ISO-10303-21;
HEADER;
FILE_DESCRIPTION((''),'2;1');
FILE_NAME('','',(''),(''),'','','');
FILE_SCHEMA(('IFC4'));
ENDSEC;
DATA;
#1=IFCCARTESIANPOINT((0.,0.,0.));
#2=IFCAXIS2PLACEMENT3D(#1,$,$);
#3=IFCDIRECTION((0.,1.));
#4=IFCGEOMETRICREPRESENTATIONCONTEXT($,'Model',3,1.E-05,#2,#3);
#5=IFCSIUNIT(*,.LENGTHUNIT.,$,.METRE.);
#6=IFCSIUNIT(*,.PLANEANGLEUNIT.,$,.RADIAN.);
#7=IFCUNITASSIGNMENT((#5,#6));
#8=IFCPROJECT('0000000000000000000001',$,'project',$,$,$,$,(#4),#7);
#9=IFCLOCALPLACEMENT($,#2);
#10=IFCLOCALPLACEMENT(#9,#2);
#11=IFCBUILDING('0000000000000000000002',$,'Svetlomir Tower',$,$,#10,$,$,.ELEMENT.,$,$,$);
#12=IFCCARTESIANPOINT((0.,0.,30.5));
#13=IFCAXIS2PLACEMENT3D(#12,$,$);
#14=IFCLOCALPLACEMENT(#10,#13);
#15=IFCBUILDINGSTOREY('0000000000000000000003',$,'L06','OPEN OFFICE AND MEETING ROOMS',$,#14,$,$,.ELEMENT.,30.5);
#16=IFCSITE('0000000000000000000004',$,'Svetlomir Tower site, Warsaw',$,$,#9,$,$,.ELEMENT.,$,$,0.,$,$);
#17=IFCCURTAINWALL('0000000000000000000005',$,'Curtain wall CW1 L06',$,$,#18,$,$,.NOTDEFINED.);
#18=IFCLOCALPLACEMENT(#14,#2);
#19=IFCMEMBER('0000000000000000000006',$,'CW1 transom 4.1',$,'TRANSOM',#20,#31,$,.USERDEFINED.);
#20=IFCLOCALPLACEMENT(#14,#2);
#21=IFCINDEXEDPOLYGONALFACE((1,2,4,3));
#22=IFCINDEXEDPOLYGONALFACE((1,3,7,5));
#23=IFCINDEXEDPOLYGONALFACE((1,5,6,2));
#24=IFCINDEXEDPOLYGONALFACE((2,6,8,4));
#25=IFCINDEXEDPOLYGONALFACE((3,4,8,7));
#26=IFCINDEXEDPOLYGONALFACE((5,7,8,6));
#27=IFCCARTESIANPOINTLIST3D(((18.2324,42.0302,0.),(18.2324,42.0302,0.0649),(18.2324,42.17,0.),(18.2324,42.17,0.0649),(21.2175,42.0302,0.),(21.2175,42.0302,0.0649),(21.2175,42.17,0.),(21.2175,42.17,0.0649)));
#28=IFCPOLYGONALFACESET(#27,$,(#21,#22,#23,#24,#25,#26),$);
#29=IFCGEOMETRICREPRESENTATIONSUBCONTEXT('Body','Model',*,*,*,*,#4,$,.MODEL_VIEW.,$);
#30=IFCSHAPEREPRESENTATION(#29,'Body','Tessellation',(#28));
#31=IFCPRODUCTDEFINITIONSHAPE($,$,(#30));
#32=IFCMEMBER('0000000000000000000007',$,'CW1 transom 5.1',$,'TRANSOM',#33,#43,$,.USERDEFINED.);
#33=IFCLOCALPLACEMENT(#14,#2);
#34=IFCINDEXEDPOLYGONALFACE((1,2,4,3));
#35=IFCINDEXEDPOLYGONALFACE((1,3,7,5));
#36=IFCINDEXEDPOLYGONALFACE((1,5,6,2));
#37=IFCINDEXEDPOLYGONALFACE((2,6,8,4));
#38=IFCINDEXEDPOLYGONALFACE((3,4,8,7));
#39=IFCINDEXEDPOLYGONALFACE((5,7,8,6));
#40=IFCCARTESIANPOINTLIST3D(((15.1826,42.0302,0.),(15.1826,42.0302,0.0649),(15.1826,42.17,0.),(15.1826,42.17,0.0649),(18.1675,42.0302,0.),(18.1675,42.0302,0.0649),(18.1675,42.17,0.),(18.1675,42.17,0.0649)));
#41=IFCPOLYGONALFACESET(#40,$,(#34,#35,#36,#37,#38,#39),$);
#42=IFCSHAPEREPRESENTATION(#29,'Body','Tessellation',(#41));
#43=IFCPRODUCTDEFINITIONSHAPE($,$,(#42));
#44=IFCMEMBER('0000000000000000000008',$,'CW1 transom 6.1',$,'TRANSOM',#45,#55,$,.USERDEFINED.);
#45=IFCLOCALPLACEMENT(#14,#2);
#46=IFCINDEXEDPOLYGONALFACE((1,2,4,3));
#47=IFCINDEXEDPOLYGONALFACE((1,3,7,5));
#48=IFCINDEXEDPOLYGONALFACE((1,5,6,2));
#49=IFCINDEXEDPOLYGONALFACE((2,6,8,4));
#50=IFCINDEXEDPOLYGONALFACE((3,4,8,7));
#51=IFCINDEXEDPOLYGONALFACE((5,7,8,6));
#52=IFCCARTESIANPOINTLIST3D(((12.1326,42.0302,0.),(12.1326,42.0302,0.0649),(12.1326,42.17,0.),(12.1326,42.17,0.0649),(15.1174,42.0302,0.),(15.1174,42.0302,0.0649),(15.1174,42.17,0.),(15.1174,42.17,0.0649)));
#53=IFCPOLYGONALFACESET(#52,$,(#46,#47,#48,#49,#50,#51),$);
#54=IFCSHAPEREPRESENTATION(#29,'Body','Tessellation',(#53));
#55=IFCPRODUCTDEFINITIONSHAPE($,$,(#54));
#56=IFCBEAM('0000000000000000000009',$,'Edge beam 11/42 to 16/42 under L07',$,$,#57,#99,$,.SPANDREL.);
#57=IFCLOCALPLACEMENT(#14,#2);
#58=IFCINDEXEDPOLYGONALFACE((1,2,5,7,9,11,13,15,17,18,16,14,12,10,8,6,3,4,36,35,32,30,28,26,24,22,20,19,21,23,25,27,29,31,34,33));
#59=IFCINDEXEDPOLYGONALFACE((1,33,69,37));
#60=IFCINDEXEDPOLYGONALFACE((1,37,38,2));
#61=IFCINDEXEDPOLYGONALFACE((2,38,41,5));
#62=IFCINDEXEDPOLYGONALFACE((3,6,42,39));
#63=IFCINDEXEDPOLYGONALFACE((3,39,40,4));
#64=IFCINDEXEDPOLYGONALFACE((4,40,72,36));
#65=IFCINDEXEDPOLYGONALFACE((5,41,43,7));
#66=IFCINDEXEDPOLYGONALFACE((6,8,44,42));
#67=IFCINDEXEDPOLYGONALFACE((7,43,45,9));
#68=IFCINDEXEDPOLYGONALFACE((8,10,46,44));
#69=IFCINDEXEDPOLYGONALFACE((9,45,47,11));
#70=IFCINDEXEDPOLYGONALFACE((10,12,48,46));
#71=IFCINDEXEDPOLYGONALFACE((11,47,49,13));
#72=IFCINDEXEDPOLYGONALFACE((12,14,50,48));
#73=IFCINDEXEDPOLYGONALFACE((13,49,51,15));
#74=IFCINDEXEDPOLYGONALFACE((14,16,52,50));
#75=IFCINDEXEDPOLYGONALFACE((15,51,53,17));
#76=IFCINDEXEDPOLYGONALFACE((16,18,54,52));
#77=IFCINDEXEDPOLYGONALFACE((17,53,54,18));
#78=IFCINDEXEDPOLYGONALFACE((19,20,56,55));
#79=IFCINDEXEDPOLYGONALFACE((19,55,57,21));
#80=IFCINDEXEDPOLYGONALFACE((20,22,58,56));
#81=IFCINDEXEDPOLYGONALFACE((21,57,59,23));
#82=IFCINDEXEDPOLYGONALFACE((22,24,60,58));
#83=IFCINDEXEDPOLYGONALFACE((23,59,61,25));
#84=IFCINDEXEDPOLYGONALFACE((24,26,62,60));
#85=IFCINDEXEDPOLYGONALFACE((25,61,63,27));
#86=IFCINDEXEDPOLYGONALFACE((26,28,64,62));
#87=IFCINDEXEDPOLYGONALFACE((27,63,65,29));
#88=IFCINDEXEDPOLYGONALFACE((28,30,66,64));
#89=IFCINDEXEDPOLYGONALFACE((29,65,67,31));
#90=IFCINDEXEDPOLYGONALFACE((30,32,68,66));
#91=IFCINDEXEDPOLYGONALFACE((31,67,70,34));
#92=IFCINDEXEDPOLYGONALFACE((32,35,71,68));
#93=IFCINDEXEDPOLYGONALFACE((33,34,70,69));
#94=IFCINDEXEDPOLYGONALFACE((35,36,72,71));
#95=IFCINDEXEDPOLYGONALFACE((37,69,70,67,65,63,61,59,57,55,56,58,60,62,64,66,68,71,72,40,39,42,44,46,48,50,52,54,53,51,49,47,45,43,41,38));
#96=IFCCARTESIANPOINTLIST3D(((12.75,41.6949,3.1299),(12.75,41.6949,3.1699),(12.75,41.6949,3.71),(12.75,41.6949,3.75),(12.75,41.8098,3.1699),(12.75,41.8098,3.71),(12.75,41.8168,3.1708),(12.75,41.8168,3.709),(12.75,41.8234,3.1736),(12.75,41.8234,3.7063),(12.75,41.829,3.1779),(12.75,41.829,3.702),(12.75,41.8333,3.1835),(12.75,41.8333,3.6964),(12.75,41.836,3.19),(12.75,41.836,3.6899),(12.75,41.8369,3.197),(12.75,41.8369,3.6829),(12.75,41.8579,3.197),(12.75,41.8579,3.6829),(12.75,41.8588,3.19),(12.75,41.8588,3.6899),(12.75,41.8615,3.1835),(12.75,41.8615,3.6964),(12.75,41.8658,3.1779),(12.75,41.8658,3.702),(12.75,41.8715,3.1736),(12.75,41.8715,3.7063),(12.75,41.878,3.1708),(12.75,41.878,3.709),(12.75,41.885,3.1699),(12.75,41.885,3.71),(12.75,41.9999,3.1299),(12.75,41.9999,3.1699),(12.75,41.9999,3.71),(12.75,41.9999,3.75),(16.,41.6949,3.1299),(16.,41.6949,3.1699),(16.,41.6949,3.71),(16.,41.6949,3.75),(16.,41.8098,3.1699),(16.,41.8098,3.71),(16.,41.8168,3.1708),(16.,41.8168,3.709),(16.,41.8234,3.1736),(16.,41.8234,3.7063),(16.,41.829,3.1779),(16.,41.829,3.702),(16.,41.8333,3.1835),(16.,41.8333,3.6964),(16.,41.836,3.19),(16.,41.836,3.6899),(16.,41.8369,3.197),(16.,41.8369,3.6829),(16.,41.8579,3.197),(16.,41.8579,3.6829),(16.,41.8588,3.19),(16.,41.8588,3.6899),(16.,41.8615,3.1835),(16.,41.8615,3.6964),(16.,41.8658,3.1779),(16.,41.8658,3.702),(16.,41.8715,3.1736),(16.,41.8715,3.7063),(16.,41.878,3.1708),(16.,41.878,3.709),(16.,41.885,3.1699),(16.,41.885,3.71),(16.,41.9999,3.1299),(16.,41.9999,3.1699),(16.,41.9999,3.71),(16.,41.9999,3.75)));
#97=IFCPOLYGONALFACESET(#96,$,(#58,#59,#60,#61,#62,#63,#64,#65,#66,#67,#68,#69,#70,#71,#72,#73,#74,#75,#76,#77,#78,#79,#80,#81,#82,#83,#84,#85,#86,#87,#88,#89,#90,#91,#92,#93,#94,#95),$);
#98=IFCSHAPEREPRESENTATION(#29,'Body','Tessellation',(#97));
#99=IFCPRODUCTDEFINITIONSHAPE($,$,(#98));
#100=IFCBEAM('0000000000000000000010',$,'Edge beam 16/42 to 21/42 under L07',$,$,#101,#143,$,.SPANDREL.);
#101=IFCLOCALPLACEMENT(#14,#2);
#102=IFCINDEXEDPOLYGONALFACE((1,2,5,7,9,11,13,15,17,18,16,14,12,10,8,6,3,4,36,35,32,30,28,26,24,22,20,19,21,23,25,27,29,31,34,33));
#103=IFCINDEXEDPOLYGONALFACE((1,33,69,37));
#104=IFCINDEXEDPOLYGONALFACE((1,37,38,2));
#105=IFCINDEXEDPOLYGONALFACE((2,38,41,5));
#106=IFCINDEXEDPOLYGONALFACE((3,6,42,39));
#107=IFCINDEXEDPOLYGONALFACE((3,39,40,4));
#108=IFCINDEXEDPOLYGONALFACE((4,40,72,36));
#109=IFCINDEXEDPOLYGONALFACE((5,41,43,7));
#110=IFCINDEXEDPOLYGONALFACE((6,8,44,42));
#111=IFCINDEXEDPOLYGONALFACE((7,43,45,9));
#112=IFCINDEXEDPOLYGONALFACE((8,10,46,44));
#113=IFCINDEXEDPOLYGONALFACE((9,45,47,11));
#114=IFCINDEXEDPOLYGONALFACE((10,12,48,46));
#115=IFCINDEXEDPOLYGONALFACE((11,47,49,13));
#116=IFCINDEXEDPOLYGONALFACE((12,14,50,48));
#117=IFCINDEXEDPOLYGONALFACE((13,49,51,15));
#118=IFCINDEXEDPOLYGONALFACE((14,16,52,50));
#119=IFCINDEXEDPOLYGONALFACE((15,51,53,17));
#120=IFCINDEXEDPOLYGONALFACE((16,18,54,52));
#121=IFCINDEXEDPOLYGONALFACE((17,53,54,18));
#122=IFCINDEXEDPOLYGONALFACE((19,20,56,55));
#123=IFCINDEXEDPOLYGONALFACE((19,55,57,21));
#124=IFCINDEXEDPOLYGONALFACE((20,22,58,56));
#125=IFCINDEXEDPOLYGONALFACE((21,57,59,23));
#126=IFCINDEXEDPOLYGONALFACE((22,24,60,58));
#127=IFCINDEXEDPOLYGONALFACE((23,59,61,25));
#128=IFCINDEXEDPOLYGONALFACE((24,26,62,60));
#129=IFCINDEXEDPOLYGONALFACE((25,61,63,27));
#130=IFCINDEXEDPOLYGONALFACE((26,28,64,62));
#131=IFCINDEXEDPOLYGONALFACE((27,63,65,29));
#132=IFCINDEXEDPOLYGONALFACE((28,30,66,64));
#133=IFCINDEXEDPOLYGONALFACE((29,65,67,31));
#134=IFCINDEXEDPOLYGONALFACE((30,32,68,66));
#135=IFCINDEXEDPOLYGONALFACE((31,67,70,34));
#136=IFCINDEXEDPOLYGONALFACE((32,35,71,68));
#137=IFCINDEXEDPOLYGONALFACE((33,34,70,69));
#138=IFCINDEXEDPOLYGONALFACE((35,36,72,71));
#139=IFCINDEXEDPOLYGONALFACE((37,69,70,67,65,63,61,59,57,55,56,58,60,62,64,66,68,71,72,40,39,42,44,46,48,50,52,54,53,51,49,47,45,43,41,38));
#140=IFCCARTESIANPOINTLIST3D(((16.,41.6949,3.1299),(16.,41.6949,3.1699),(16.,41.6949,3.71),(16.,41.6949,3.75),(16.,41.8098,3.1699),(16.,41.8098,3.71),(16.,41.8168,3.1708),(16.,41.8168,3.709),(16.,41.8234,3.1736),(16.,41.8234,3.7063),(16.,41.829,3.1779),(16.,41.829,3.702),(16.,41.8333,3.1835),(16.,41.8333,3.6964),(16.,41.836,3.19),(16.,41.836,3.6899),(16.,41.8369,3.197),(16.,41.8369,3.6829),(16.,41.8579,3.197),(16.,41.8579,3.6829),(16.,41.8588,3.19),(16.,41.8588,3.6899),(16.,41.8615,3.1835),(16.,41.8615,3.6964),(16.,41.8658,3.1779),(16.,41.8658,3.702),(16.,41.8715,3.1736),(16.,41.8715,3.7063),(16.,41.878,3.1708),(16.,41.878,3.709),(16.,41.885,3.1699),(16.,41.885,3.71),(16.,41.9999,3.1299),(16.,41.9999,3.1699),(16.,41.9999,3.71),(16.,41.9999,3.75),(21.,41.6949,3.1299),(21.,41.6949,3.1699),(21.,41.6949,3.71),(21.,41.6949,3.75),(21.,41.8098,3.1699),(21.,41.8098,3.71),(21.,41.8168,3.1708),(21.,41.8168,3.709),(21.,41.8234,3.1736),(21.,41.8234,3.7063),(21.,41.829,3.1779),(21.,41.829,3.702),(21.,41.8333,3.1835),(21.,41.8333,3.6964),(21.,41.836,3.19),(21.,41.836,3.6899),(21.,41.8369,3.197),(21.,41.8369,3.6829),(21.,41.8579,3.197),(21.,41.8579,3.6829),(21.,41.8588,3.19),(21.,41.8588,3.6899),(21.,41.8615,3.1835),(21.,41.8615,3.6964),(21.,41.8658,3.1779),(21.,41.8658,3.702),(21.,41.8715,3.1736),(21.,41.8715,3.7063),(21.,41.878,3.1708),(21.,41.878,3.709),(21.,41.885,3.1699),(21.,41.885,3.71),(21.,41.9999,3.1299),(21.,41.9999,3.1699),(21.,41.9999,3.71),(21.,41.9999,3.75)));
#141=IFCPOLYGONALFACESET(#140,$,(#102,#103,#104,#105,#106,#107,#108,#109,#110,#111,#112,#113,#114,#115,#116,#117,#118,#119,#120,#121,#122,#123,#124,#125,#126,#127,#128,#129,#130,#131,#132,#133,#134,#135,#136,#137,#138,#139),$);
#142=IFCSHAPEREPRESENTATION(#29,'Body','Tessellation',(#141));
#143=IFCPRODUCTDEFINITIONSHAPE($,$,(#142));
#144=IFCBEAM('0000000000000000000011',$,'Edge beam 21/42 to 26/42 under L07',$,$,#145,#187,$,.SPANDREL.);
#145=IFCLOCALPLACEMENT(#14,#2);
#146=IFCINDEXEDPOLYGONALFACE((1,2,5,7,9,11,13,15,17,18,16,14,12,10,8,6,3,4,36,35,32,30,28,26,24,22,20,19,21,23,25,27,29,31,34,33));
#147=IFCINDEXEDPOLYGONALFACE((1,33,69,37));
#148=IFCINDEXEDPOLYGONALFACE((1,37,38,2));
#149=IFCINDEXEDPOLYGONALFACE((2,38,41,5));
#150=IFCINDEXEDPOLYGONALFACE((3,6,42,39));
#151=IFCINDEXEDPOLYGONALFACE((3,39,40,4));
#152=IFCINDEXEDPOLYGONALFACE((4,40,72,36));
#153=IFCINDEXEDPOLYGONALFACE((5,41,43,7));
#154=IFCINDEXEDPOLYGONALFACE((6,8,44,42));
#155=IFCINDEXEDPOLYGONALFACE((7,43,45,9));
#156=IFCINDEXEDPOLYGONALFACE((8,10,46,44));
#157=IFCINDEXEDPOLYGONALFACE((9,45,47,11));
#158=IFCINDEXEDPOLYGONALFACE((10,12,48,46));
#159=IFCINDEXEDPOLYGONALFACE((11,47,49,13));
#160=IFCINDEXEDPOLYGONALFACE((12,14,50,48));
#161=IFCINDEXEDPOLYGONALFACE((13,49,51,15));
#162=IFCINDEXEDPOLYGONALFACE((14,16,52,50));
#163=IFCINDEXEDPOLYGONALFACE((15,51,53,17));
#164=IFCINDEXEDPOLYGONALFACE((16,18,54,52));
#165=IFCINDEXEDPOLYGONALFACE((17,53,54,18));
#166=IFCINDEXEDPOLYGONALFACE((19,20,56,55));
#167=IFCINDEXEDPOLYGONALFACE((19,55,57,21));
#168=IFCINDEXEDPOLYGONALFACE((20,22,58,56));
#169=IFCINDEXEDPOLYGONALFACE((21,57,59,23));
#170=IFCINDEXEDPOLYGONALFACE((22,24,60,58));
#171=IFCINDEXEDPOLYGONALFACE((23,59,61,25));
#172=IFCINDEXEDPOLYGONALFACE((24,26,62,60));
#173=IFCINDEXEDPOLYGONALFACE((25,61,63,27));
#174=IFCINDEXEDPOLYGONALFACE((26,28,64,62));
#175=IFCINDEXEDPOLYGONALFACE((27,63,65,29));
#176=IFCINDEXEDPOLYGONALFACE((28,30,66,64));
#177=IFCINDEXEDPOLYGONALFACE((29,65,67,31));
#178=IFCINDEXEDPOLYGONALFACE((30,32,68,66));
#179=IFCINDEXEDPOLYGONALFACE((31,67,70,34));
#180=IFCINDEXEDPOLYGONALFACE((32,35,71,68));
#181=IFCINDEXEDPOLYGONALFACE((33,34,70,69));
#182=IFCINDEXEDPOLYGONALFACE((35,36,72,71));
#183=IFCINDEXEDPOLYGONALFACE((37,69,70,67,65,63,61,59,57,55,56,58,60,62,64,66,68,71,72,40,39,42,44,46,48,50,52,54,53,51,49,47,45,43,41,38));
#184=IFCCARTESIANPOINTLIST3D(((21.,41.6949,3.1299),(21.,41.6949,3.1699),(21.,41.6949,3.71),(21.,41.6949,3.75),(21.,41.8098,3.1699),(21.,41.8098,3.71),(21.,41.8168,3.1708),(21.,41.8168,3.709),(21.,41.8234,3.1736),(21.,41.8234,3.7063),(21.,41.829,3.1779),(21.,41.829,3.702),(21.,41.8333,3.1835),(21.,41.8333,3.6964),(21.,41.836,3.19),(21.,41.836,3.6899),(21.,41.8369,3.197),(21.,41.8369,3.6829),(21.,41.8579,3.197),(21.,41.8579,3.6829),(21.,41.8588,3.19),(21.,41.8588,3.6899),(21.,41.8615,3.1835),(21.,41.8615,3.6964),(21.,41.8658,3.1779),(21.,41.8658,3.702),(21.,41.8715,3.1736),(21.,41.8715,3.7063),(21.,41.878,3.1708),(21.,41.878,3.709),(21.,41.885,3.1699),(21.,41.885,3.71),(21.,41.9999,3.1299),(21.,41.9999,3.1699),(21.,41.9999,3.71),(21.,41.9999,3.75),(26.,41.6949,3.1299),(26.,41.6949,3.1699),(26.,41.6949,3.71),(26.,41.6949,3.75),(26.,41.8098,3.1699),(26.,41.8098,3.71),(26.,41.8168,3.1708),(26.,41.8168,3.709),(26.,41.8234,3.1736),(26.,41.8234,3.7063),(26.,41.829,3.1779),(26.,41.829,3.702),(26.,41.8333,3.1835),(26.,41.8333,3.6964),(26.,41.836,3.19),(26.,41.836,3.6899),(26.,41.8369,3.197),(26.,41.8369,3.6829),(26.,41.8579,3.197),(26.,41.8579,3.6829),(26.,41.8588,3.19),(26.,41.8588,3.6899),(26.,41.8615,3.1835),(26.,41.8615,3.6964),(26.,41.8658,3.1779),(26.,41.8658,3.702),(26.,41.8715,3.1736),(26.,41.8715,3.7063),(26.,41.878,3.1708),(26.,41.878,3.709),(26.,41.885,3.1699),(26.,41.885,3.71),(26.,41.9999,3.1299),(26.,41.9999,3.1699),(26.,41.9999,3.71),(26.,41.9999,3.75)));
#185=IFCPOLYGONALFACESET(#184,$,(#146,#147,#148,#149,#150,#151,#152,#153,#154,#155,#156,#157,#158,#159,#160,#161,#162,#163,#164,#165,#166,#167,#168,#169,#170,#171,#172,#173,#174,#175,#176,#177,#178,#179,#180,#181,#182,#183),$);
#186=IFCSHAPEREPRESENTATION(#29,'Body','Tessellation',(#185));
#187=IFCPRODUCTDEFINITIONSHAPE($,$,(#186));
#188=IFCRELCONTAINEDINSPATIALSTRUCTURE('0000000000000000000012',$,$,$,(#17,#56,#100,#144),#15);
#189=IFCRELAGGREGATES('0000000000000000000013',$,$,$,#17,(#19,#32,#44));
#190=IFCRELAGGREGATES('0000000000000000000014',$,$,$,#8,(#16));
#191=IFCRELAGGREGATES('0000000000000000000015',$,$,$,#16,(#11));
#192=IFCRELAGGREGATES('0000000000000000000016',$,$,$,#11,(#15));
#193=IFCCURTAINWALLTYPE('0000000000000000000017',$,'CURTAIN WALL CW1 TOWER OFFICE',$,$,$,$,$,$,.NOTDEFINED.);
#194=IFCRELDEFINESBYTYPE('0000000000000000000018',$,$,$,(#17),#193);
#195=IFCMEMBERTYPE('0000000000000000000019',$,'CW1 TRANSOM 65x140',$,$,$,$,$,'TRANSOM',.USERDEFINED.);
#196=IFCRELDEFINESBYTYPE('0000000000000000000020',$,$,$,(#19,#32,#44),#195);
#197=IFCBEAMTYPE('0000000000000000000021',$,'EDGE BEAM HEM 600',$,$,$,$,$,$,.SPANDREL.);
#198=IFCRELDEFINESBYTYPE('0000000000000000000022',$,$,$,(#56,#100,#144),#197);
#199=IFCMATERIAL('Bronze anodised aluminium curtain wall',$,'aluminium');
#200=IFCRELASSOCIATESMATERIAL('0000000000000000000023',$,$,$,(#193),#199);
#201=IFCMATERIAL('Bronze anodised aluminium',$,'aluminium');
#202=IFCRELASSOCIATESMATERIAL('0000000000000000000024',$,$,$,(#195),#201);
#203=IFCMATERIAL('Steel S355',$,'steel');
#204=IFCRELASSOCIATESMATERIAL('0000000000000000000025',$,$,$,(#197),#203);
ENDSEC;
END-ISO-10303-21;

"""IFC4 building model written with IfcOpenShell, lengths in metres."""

from ifc_helpers import new_model, si_unit, direction, frame, origin, origin_2d, place, context, subcontext, project, spatial, rectangle, i_section, extrude, material, material_profile, profile_set, type_object, element, aggregate, save


model = new_model("IFC4")

# Units and contexts
model_context = context("Model", 3, precision=1e-05, world=origin(), true_north=direction((0.0, 1.0)))
body_context = subcontext(model_context, "Body", "Model", "MODEL_VIEW")
ifc_project = project(units=[si_unit("LENGTHUNIT", "METRE"), si_unit("PLANEANGLEUNIT", "RADIAN")], contexts=[model_context])

# Site, building, storey
site_placement = place(None, origin())
site = spatial("IfcSite", under=ifc_project, at=site_placement, Name="Svetlomir Tower site, Warsaw", CompositionType="ELEMENT", RefElevation=0.0)
building_placement = place(site_placement, origin())
building = spatial("IfcBuilding", under=site, at=building_placement, Name="Svetlomir Tower", CompositionType="ELEMENT")
storey_placement = place(building_placement, frame((0.0, 0.0, 30.5)))
storey = spatial("IfcBuildingStorey", under=building, at=storey_placement, Name="L06", Description="OPEN OFFICE AND MEETING ROOMS", CompositionType="ELEMENT", Elevation=30.5)

# Curtain wall, members
ifc_material_1 = material(Name="Bronze anodised aluminium curtain wall", Category="aluminium")
curtain_wall_type = type_object("IfcCurtainWallType", Name="CURTAIN WALL CW1 TOWER OFFICE", PredefinedType="NOTDEFINED", material=ifc_material_1)
curtain_wall_placement = place(storey_placement, origin())
curtain_wall = element("IfcCurtainWall", 1, at=curtain_wall_placement, inside=storey, type_object=curtain_wall_type, Name="Curtain wall CW1 L06", PredefinedType="NOTDEFINED")
ifc_material_2 = material(Name="Bronze anodised aluminium", Category="aluminium")
ifc_material_profile_1 = material_profile(ifc_material_2, rectangle(XDim=0.1399, YDim=0.0649, at=origin_2d()), Name="AL 140x65")
ifc_profile_set_1 = profile_set([ifc_material_profile_1], Name="Bronze anodised aluminium 6063-T6")
member_type_1 = type_object("IfcMemberType", Name="CW1 TRANSOM 65x140", ElementType="TRANSOM", PredefinedType="USERDEFINED", material=ifc_profile_set_1)
member_1_placement = place(storey_placement, frame((21.2175, 42.1001, 0.0325), z_axis=(-1.0, 0.0, 0.0), x_axis=(0.0, -1.0, 0.0)))
member_1 = element("IfcMember", 2, at=member_1_placement, type_object=member_type_1, Name="CW1 transom 4.1", ObjectType="TRANSOM", PredefinedType="USERDEFINED", context=body_context, shape_type="SweptSolid", body=[
    extrude(rectangle(XDim=0.1399, YDim=0.0649, at=origin_2d()), origin(), (0.0, 0.0, 1.0), 2.9851),
])
member_2_placement = place(storey_placement, frame((18.1675, 42.1001, 0.0325), z_axis=(-1.0, 0.0, 0.0), x_axis=(0.0, -1.0, 0.0)))
member_2 = element("IfcMember", 3, at=member_2_placement, type_object=member_type_1, Name="CW1 transom 5.1", ObjectType="TRANSOM", PredefinedType="USERDEFINED", context=body_context, shape_type="SweptSolid", body=[
    extrude(rectangle(XDim=0.1399, YDim=0.0649, at=origin_2d()), origin(), (0.0, 0.0, 1.0), 2.9849),
])
member_3_placement = place(storey_placement, frame((15.1174, 42.1001, 0.0325), z_axis=(-1.0, 0.0, 0.0), x_axis=(0.0, -1.0, 0.0)))
member_3 = element("IfcMember", 4, at=member_3_placement, type_object=member_type_1, Name="CW1 transom 6.1", ObjectType="TRANSOM", PredefinedType="USERDEFINED", context=body_context, shape_type="SweptSolid", body=[
    extrude(rectangle(XDim=0.1399, YDim=0.0649, at=origin_2d()), origin(), (0.0, 0.0, 1.0), 2.9849),
])

# Beams
ifc_material_3 = material(Name="Steel S355", Category="steel")
ifc_material_profile_2 = material_profile(ifc_material_3, i_section(OverallWidth=0.3049, OverallDepth=0.6201, WebThickness=0.021, FlangeThickness=0.04, FilletRadius=0.0271, at=origin_2d()), Name="HEM 600")
ifc_profile_set_2 = profile_set([ifc_material_profile_2], Name="Steel S355")
beam_type = type_object("IfcBeamType", Name="EDGE BEAM HEM 600", PredefinedType="SPANDREL", material=ifc_profile_set_2)
beam_1_placement = place(storey_placement, frame((12.75, 41.8474, 3.4399), z_axis=(1.0, 0.0, 0.0), x_axis=(0.0, 1.0, 0.0)))
element("IfcBeam", 5, at=beam_1_placement, inside=storey, type_object=beam_type, Name="Edge beam 11/42 to 16/42 under L07", PredefinedType="SPANDREL", context=body_context, shape_type="SweptSolid", body=[
    extrude(i_section(OverallWidth=0.3049, OverallDepth=0.6201, WebThickness=0.021, FlangeThickness=0.04, FilletRadius=0.0271, at=origin_2d()), origin(), (0.0, 0.0, 1.0), 3.25),
])
for number, where, z_axis, x_axis, name in (
    (6, (16.0, 41.8474, 3.4399), (1.0, 0.0, 0.0), (0.0, 1.0, 0.0), "Edge beam 16/42 to 21/42 under L07"),
    (7, (21.0, 41.8474, 3.4399), (1.0, 0.0, 0.0), (0.0, 1.0, 0.0), "Edge beam 21/42 to 26/42 under L07"),
):
    element("IfcBeam", number, at=place(storey_placement, frame(where, z_axis=z_axis, x_axis=x_axis)), inside=storey, type_object=beam_type, Name=name, PredefinedType="SPANDREL", context=body_context, shape_type="SweptSolid", body=[
        extrude(i_section(OverallWidth=0.3049, OverallDepth=0.6201, WebThickness=0.021, FlangeThickness=0.04, FilletRadius=0.0271, at=origin_2d()), origin(), (0.0, 0.0, 1.0), 5.0),
    ])

aggregate(curtain_wall, [member_1, member_2, member_3])

save(model, "model.ifc")
